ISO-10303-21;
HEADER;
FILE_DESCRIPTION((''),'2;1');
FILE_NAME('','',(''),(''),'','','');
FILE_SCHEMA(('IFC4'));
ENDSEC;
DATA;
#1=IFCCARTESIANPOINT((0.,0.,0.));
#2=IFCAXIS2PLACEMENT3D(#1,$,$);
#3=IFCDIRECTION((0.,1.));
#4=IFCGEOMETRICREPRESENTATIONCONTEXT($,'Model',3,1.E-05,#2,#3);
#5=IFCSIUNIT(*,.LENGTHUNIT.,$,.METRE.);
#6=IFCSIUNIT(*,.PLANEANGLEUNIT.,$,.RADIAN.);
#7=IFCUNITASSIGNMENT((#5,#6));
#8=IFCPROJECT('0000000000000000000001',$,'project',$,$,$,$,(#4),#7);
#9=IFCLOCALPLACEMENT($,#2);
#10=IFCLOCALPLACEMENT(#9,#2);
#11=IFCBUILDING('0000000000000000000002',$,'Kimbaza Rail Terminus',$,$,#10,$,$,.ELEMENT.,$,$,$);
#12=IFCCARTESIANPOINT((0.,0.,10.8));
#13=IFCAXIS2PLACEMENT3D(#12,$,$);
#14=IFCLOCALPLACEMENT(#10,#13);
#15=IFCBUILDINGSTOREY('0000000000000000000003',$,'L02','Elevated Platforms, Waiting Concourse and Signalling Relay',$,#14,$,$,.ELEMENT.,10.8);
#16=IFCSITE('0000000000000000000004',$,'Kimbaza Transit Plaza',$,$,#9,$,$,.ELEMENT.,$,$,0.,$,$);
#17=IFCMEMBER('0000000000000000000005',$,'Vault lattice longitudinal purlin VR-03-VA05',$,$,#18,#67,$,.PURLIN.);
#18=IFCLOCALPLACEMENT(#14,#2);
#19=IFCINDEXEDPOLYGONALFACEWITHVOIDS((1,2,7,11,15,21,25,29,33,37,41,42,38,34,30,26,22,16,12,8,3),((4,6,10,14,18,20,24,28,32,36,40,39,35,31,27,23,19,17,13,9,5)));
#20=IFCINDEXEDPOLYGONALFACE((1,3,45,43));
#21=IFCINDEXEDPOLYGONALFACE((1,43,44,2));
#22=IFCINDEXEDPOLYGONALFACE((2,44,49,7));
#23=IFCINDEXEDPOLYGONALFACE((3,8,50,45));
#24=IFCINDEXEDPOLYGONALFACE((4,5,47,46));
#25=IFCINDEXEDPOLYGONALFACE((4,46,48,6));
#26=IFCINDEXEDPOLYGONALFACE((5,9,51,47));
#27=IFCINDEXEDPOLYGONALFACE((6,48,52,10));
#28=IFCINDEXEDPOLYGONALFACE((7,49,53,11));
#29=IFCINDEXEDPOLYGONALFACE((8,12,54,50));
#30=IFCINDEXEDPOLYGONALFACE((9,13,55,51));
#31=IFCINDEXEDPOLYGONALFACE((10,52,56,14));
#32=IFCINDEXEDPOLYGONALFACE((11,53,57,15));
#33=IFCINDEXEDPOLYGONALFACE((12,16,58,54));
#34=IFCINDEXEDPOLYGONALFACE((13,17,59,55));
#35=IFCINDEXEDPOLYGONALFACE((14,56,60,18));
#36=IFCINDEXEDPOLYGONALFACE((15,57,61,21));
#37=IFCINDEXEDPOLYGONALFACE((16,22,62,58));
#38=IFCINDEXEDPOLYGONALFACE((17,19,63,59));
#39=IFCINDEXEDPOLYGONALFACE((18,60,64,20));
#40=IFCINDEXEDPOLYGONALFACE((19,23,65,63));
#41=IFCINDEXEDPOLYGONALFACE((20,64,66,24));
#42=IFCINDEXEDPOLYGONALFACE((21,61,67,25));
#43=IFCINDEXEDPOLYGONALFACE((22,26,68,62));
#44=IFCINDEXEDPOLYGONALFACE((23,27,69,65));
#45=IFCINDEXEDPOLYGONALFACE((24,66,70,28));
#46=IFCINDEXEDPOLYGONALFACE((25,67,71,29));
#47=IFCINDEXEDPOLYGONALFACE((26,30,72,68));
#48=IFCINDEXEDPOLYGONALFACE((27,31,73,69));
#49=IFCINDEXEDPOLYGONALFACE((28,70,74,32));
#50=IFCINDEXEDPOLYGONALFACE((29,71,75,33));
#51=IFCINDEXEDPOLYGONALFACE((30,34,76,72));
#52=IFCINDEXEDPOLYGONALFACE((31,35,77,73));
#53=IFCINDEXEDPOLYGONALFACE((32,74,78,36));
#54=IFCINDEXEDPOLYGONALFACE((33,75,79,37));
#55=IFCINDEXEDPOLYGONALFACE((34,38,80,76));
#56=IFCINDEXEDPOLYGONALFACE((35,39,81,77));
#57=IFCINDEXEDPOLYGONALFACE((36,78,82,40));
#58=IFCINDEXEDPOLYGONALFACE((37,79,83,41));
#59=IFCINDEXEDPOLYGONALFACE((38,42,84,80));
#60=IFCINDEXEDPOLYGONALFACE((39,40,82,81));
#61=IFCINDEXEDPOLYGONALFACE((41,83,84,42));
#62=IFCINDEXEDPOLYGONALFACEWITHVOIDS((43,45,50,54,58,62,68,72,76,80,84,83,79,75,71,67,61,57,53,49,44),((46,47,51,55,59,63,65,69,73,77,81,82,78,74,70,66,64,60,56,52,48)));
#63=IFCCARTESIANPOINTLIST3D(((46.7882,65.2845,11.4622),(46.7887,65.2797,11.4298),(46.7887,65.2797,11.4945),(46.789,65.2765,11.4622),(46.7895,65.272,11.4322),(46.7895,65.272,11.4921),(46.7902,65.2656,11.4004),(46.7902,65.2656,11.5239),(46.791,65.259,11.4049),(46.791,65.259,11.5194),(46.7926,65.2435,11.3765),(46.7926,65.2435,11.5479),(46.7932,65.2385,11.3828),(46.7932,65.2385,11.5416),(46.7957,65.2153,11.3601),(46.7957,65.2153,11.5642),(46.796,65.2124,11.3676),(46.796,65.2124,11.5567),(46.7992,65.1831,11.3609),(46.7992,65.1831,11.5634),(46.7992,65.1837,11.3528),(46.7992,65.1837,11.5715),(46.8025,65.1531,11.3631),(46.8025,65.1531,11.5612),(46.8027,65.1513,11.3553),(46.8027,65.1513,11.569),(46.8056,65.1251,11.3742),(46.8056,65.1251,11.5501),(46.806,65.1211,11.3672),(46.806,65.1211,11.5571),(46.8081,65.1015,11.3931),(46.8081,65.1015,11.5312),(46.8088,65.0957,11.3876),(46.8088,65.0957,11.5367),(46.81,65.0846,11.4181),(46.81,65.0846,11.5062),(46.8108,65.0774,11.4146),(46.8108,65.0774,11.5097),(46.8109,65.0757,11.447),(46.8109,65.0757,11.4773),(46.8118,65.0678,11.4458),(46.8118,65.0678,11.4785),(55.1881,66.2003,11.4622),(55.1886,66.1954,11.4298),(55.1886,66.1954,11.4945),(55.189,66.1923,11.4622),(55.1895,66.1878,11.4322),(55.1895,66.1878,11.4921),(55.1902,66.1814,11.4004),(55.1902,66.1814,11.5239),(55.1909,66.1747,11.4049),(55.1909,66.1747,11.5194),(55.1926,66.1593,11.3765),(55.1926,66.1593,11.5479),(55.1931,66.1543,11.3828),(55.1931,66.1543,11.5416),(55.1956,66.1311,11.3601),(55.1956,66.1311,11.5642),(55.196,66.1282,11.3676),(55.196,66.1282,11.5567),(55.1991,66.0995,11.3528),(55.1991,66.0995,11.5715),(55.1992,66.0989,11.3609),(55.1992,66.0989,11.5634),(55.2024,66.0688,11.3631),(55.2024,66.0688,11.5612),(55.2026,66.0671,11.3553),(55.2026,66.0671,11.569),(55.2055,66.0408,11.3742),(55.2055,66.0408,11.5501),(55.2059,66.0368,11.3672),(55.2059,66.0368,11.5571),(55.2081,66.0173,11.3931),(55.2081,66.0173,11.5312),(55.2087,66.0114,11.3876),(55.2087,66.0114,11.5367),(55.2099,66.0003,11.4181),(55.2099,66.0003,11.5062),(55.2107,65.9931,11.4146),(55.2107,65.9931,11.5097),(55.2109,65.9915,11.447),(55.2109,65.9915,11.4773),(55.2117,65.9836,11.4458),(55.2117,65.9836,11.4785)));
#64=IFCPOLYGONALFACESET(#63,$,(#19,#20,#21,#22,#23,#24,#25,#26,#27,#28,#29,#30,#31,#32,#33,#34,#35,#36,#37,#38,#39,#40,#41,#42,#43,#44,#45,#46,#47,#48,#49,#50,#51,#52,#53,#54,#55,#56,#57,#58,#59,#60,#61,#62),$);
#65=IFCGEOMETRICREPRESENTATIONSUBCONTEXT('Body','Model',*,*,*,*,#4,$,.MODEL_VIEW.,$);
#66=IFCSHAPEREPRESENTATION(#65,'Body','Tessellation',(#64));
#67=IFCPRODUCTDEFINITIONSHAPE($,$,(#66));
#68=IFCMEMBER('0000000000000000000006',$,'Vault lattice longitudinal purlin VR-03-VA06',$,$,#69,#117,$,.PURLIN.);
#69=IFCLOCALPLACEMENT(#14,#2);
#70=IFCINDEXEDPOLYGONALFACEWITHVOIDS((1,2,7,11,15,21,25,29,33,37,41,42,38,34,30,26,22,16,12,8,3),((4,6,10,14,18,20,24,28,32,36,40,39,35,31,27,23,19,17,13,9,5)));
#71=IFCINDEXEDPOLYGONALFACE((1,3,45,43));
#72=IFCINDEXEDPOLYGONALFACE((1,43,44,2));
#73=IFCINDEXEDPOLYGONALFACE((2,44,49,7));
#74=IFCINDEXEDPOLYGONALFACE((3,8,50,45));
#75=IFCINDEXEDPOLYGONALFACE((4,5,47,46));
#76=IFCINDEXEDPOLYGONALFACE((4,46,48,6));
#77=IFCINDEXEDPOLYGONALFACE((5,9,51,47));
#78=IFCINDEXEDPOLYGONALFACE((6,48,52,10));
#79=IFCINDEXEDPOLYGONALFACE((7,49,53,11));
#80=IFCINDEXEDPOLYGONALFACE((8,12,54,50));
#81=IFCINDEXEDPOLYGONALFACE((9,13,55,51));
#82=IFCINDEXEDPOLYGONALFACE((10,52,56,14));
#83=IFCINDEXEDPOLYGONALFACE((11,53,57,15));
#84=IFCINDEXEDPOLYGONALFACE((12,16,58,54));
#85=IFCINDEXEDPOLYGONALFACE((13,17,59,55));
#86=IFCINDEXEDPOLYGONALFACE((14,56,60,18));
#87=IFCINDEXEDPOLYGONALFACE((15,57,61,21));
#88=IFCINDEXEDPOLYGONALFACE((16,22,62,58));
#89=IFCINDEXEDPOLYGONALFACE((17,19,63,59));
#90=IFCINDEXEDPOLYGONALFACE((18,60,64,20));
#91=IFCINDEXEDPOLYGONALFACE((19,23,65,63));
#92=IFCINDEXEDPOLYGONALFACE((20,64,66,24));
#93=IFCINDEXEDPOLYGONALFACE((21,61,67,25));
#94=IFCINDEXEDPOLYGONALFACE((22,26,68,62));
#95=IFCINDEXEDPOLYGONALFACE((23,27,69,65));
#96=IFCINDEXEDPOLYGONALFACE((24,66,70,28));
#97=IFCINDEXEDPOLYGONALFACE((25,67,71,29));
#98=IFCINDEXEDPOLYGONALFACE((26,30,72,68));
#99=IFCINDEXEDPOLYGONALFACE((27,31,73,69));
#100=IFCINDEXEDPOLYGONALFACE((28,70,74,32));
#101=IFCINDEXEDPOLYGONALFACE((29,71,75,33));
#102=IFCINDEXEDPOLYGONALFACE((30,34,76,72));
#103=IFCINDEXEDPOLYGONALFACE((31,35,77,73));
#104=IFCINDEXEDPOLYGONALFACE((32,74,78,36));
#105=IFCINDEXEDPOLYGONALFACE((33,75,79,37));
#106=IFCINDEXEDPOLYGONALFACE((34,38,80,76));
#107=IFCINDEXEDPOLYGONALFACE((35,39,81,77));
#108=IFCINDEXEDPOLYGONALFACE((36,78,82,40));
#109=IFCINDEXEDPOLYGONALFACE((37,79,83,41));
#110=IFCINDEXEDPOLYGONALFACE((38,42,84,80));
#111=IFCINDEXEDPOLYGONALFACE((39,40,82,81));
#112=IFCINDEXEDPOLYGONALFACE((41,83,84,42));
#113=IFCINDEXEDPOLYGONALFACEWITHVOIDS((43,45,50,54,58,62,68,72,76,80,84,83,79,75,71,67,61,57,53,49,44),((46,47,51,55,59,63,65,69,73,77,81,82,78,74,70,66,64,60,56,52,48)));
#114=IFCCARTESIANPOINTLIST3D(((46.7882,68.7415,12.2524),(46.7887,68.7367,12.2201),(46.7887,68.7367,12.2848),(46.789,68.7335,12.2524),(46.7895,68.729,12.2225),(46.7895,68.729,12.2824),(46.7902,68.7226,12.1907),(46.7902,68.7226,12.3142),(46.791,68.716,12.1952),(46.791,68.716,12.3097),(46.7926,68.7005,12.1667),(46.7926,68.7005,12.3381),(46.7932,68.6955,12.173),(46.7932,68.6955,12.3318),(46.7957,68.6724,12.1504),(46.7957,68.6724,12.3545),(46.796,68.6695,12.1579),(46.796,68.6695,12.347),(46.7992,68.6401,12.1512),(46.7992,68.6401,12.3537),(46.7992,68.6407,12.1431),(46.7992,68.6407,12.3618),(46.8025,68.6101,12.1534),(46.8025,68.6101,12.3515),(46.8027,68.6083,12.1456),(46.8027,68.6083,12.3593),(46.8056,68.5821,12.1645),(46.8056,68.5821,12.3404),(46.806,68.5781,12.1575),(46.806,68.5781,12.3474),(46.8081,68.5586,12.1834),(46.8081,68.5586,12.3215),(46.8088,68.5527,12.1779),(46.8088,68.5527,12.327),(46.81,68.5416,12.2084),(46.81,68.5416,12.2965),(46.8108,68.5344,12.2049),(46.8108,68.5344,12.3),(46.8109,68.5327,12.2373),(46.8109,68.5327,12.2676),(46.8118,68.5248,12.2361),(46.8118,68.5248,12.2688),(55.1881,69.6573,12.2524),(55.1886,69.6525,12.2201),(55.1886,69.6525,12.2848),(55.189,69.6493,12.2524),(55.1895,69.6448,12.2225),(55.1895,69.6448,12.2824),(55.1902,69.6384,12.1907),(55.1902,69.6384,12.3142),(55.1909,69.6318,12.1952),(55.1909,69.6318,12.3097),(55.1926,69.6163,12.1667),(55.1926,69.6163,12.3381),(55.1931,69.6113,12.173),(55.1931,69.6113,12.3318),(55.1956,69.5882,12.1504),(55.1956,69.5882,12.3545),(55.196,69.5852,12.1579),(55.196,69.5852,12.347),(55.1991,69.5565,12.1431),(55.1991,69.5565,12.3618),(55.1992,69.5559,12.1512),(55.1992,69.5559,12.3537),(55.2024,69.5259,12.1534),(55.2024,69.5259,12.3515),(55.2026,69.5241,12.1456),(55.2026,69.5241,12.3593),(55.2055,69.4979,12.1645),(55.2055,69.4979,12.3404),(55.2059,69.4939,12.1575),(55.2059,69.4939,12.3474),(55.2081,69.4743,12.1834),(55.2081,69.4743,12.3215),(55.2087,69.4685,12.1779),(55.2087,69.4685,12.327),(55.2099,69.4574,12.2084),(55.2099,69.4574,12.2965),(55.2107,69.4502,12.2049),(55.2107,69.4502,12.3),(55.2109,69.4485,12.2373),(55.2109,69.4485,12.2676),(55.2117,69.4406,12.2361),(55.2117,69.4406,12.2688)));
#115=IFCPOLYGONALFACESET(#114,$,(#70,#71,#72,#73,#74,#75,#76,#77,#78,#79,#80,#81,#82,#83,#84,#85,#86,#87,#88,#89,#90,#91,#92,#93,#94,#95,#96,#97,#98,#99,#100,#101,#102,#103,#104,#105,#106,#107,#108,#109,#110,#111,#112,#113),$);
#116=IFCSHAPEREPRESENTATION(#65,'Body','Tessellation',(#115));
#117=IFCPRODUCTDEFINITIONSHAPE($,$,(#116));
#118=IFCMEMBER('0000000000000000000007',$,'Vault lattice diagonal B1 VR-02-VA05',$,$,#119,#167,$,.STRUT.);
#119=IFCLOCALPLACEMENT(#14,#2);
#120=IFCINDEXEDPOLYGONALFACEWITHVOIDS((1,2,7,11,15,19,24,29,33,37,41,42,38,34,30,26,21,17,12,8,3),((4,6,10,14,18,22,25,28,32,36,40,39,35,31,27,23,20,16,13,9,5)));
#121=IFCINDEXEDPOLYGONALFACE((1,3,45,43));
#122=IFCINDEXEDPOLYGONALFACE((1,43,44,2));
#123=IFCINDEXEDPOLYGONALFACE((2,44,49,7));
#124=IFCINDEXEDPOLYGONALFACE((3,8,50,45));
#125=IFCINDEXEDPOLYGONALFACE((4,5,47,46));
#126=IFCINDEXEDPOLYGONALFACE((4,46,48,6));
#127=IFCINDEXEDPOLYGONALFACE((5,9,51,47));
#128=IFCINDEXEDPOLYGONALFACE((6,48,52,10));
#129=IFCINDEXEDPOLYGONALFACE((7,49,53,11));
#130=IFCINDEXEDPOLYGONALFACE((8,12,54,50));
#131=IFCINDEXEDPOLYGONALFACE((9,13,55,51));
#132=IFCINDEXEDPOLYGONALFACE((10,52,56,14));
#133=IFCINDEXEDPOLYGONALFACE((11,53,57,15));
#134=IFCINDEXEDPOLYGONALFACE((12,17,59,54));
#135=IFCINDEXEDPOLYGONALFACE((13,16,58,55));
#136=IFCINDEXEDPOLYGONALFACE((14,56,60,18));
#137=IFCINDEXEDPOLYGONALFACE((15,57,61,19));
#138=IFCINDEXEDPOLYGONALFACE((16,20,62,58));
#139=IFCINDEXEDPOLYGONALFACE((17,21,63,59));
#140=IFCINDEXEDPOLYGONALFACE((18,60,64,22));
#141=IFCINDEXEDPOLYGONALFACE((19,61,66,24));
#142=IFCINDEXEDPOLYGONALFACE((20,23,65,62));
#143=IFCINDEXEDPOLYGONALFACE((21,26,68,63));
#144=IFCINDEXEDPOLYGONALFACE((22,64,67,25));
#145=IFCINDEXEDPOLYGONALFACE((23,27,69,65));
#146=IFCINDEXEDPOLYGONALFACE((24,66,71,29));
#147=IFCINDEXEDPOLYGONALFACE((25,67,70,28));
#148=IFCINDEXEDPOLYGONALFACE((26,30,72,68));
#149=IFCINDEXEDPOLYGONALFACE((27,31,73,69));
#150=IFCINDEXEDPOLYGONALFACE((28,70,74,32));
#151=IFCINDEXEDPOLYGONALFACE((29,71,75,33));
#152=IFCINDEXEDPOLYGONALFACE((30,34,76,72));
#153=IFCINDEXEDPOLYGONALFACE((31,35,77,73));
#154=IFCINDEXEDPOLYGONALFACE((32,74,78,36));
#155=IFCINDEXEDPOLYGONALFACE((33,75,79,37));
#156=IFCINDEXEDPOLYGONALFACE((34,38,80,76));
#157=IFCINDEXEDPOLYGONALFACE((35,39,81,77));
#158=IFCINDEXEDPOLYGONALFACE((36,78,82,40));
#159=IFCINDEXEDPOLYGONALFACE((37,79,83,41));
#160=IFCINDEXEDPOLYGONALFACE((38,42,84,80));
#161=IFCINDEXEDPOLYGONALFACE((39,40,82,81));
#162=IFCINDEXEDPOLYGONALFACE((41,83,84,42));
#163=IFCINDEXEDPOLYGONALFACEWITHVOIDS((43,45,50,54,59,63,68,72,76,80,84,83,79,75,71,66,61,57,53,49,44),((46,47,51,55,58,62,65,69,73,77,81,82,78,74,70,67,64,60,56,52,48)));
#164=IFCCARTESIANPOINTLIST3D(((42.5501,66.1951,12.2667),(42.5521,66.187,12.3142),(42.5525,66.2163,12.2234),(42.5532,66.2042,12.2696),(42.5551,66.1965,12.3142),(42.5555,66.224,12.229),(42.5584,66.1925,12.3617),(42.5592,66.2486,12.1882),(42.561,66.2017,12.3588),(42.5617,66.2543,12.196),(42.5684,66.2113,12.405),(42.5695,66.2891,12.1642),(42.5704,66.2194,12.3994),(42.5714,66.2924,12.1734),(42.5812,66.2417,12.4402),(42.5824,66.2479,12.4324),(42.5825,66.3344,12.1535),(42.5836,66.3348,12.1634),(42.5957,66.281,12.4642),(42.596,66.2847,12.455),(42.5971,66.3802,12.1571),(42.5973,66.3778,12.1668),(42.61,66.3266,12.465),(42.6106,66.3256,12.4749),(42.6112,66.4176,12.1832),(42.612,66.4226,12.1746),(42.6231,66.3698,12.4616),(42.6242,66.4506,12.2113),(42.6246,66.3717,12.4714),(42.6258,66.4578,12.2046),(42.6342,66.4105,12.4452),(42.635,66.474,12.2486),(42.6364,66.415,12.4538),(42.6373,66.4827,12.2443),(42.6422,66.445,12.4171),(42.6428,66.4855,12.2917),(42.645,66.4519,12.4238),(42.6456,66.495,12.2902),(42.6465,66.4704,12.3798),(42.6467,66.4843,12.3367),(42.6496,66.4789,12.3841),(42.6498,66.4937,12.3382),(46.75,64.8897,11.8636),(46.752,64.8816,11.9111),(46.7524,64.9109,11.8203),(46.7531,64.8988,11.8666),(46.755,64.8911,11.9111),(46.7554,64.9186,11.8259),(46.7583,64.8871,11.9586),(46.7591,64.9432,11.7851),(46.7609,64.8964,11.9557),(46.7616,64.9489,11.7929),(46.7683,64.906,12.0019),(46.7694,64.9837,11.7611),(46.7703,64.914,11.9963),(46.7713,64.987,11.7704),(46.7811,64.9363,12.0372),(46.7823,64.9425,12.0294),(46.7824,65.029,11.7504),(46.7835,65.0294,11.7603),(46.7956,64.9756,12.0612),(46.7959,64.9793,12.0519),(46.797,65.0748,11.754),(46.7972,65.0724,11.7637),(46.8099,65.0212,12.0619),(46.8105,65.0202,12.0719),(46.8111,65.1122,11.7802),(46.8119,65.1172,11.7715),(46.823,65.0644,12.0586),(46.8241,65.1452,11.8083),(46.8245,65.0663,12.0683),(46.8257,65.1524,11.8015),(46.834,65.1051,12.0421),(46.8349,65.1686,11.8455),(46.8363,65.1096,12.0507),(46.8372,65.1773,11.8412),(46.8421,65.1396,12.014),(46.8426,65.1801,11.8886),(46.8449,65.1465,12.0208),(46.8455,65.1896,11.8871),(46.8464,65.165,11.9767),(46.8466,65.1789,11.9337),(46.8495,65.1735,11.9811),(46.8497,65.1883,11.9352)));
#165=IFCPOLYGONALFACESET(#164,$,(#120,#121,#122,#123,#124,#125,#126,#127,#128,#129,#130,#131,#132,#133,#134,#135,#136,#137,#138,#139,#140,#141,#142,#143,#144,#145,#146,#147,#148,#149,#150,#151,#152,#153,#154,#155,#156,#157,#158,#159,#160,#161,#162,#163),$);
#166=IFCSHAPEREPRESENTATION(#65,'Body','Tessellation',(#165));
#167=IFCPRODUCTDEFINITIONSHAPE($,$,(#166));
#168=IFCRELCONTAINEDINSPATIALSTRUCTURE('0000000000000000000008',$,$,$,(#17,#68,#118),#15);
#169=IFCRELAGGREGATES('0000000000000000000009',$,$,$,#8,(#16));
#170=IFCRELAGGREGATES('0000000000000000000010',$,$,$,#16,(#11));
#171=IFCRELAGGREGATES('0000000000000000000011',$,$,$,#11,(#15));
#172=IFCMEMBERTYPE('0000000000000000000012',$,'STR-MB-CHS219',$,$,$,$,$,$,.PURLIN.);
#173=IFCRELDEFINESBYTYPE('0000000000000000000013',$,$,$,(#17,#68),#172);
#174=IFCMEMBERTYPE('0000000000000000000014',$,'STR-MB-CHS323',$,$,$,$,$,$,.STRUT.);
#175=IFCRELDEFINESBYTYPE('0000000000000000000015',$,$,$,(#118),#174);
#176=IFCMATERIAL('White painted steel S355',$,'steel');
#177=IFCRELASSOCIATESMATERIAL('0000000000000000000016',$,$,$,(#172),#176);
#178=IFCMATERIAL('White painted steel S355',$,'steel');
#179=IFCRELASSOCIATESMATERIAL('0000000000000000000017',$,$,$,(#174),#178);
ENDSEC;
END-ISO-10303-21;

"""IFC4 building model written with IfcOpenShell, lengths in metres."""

from ifc_helpers import new_model, si_unit, direction, frame, origin, origin_2d, place, context, subcontext, project, spatial, hollow_circle, extrude, material, material_profile, profile_set, type_object, element, save


model = new_model("IFC4")

# Units and contexts
model_context = context("Model", 3, precision=1e-05, world=origin(), true_north=direction((0.0, 1.0)))
body_context = subcontext(model_context, "Body", "Model", "MODEL_VIEW")
ifc_project = project(units=[si_unit("LENGTHUNIT", "METRE"), si_unit("PLANEANGLEUNIT", "RADIAN")], contexts=[model_context])

# Site, building, storey
site_placement = place(None, origin())
site = spatial("IfcSite", under=ifc_project, at=site_placement, Name="Kimbaza Transit Plaza", CompositionType="ELEMENT", RefElevation=0.0)
building_placement = place(site_placement, origin())
building = spatial("IfcBuilding", under=site, at=building_placement, Name="Kimbaza Rail Terminus", CompositionType="ELEMENT")
storey_placement = place(building_placement, frame((0.0, 0.0, 10.8)))
storey = spatial("IfcBuildingStorey", under=building, at=storey_placement, Name="L02", Description="Elevated Platforms, Waiting Concourse and Signalling Relay", CompositionType="ELEMENT", Elevation=10.8)

# Members
ifc_material_1 = material(Name="White painted steel S355", Category="steel")
ifc_material_profile_1 = material_profile(ifc_material_1, hollow_circle(Radius=0.1096, WallThickness=0.0081, at=origin_2d()), Name="CHS 219.1x8")
ifc_profile_set_1 = profile_set([ifc_material_profile_1], Name="White painted steel S355")
member_type_1 = type_object("IfcMemberType", Name="STR-MB-CHS219", PredefinedType="PURLIN", material=ifc_profile_set_1)
for number, where, z_axis, x_axis, name in (
    (1, (46.8, 65.1755, 11.4622), (0.99411, 0.10838, 0.0), (-0.10838, 0.99411, 0.0), "Vault lattice longitudinal purlin VR-03-VA05"),
    (2, (46.8, 68.6326, 12.2524), (0.99411, 0.10838, 0.0), (-0.10838, 0.99411, 0.0), "Vault lattice longitudinal purlin VR-03-VA06"),
):
    element("IfcMember", number, at=place(storey_placement, frame(where, z_axis=z_axis, x_axis=x_axis)), inside=storey, type_object=member_type_1, Name=name, PredefinedType="PURLIN", context=body_context, shape_type="SweptSolid", body=[
        extrude(hollow_circle(Radius=0.1096, WallThickness=0.0081, at=origin_2d()), origin(), (0.0, 0.0, 1.0), 8.4497),
    ])
ifc_material_2 = material(Name="White painted steel S355", Category="steel")
ifc_material_profile_2 = material_profile(ifc_material_2, hollow_circle(Radius=0.1619, WallThickness=0.01, at=origin_2d()), Name="CHS 323.9x10")
ifc_profile_set_2 = profile_set([ifc_material_profile_2], Name="White painted steel S355")
member_type_2 = type_object("IfcMemberType", Name="STR-MB-CHS323", PredefinedType="STRUT", material=ifc_profile_set_2)
member_1_placement = place(storey_placement, frame((46.8, 65.0361, 11.9111), z_axis=(-0.950951, 0.295573, 0.091264), x_axis=(-0.296811, -0.954936, 0.0)))
element("IfcMember", 3, at=member_1_placement, inside=storey, type_object=member_type_2, Name="Vault lattice diagonal B1 VR-02-VA05", PredefinedType="STRUT", context=body_context, shape_type="SweptSolid", body=[
    extrude(hollow_circle(Radius=0.1619, WallThickness=0.01, at=origin_2d()), origin(), (0.0, 0.0, 1.0), 4.4165),
])

save(model, "model.ifc")
